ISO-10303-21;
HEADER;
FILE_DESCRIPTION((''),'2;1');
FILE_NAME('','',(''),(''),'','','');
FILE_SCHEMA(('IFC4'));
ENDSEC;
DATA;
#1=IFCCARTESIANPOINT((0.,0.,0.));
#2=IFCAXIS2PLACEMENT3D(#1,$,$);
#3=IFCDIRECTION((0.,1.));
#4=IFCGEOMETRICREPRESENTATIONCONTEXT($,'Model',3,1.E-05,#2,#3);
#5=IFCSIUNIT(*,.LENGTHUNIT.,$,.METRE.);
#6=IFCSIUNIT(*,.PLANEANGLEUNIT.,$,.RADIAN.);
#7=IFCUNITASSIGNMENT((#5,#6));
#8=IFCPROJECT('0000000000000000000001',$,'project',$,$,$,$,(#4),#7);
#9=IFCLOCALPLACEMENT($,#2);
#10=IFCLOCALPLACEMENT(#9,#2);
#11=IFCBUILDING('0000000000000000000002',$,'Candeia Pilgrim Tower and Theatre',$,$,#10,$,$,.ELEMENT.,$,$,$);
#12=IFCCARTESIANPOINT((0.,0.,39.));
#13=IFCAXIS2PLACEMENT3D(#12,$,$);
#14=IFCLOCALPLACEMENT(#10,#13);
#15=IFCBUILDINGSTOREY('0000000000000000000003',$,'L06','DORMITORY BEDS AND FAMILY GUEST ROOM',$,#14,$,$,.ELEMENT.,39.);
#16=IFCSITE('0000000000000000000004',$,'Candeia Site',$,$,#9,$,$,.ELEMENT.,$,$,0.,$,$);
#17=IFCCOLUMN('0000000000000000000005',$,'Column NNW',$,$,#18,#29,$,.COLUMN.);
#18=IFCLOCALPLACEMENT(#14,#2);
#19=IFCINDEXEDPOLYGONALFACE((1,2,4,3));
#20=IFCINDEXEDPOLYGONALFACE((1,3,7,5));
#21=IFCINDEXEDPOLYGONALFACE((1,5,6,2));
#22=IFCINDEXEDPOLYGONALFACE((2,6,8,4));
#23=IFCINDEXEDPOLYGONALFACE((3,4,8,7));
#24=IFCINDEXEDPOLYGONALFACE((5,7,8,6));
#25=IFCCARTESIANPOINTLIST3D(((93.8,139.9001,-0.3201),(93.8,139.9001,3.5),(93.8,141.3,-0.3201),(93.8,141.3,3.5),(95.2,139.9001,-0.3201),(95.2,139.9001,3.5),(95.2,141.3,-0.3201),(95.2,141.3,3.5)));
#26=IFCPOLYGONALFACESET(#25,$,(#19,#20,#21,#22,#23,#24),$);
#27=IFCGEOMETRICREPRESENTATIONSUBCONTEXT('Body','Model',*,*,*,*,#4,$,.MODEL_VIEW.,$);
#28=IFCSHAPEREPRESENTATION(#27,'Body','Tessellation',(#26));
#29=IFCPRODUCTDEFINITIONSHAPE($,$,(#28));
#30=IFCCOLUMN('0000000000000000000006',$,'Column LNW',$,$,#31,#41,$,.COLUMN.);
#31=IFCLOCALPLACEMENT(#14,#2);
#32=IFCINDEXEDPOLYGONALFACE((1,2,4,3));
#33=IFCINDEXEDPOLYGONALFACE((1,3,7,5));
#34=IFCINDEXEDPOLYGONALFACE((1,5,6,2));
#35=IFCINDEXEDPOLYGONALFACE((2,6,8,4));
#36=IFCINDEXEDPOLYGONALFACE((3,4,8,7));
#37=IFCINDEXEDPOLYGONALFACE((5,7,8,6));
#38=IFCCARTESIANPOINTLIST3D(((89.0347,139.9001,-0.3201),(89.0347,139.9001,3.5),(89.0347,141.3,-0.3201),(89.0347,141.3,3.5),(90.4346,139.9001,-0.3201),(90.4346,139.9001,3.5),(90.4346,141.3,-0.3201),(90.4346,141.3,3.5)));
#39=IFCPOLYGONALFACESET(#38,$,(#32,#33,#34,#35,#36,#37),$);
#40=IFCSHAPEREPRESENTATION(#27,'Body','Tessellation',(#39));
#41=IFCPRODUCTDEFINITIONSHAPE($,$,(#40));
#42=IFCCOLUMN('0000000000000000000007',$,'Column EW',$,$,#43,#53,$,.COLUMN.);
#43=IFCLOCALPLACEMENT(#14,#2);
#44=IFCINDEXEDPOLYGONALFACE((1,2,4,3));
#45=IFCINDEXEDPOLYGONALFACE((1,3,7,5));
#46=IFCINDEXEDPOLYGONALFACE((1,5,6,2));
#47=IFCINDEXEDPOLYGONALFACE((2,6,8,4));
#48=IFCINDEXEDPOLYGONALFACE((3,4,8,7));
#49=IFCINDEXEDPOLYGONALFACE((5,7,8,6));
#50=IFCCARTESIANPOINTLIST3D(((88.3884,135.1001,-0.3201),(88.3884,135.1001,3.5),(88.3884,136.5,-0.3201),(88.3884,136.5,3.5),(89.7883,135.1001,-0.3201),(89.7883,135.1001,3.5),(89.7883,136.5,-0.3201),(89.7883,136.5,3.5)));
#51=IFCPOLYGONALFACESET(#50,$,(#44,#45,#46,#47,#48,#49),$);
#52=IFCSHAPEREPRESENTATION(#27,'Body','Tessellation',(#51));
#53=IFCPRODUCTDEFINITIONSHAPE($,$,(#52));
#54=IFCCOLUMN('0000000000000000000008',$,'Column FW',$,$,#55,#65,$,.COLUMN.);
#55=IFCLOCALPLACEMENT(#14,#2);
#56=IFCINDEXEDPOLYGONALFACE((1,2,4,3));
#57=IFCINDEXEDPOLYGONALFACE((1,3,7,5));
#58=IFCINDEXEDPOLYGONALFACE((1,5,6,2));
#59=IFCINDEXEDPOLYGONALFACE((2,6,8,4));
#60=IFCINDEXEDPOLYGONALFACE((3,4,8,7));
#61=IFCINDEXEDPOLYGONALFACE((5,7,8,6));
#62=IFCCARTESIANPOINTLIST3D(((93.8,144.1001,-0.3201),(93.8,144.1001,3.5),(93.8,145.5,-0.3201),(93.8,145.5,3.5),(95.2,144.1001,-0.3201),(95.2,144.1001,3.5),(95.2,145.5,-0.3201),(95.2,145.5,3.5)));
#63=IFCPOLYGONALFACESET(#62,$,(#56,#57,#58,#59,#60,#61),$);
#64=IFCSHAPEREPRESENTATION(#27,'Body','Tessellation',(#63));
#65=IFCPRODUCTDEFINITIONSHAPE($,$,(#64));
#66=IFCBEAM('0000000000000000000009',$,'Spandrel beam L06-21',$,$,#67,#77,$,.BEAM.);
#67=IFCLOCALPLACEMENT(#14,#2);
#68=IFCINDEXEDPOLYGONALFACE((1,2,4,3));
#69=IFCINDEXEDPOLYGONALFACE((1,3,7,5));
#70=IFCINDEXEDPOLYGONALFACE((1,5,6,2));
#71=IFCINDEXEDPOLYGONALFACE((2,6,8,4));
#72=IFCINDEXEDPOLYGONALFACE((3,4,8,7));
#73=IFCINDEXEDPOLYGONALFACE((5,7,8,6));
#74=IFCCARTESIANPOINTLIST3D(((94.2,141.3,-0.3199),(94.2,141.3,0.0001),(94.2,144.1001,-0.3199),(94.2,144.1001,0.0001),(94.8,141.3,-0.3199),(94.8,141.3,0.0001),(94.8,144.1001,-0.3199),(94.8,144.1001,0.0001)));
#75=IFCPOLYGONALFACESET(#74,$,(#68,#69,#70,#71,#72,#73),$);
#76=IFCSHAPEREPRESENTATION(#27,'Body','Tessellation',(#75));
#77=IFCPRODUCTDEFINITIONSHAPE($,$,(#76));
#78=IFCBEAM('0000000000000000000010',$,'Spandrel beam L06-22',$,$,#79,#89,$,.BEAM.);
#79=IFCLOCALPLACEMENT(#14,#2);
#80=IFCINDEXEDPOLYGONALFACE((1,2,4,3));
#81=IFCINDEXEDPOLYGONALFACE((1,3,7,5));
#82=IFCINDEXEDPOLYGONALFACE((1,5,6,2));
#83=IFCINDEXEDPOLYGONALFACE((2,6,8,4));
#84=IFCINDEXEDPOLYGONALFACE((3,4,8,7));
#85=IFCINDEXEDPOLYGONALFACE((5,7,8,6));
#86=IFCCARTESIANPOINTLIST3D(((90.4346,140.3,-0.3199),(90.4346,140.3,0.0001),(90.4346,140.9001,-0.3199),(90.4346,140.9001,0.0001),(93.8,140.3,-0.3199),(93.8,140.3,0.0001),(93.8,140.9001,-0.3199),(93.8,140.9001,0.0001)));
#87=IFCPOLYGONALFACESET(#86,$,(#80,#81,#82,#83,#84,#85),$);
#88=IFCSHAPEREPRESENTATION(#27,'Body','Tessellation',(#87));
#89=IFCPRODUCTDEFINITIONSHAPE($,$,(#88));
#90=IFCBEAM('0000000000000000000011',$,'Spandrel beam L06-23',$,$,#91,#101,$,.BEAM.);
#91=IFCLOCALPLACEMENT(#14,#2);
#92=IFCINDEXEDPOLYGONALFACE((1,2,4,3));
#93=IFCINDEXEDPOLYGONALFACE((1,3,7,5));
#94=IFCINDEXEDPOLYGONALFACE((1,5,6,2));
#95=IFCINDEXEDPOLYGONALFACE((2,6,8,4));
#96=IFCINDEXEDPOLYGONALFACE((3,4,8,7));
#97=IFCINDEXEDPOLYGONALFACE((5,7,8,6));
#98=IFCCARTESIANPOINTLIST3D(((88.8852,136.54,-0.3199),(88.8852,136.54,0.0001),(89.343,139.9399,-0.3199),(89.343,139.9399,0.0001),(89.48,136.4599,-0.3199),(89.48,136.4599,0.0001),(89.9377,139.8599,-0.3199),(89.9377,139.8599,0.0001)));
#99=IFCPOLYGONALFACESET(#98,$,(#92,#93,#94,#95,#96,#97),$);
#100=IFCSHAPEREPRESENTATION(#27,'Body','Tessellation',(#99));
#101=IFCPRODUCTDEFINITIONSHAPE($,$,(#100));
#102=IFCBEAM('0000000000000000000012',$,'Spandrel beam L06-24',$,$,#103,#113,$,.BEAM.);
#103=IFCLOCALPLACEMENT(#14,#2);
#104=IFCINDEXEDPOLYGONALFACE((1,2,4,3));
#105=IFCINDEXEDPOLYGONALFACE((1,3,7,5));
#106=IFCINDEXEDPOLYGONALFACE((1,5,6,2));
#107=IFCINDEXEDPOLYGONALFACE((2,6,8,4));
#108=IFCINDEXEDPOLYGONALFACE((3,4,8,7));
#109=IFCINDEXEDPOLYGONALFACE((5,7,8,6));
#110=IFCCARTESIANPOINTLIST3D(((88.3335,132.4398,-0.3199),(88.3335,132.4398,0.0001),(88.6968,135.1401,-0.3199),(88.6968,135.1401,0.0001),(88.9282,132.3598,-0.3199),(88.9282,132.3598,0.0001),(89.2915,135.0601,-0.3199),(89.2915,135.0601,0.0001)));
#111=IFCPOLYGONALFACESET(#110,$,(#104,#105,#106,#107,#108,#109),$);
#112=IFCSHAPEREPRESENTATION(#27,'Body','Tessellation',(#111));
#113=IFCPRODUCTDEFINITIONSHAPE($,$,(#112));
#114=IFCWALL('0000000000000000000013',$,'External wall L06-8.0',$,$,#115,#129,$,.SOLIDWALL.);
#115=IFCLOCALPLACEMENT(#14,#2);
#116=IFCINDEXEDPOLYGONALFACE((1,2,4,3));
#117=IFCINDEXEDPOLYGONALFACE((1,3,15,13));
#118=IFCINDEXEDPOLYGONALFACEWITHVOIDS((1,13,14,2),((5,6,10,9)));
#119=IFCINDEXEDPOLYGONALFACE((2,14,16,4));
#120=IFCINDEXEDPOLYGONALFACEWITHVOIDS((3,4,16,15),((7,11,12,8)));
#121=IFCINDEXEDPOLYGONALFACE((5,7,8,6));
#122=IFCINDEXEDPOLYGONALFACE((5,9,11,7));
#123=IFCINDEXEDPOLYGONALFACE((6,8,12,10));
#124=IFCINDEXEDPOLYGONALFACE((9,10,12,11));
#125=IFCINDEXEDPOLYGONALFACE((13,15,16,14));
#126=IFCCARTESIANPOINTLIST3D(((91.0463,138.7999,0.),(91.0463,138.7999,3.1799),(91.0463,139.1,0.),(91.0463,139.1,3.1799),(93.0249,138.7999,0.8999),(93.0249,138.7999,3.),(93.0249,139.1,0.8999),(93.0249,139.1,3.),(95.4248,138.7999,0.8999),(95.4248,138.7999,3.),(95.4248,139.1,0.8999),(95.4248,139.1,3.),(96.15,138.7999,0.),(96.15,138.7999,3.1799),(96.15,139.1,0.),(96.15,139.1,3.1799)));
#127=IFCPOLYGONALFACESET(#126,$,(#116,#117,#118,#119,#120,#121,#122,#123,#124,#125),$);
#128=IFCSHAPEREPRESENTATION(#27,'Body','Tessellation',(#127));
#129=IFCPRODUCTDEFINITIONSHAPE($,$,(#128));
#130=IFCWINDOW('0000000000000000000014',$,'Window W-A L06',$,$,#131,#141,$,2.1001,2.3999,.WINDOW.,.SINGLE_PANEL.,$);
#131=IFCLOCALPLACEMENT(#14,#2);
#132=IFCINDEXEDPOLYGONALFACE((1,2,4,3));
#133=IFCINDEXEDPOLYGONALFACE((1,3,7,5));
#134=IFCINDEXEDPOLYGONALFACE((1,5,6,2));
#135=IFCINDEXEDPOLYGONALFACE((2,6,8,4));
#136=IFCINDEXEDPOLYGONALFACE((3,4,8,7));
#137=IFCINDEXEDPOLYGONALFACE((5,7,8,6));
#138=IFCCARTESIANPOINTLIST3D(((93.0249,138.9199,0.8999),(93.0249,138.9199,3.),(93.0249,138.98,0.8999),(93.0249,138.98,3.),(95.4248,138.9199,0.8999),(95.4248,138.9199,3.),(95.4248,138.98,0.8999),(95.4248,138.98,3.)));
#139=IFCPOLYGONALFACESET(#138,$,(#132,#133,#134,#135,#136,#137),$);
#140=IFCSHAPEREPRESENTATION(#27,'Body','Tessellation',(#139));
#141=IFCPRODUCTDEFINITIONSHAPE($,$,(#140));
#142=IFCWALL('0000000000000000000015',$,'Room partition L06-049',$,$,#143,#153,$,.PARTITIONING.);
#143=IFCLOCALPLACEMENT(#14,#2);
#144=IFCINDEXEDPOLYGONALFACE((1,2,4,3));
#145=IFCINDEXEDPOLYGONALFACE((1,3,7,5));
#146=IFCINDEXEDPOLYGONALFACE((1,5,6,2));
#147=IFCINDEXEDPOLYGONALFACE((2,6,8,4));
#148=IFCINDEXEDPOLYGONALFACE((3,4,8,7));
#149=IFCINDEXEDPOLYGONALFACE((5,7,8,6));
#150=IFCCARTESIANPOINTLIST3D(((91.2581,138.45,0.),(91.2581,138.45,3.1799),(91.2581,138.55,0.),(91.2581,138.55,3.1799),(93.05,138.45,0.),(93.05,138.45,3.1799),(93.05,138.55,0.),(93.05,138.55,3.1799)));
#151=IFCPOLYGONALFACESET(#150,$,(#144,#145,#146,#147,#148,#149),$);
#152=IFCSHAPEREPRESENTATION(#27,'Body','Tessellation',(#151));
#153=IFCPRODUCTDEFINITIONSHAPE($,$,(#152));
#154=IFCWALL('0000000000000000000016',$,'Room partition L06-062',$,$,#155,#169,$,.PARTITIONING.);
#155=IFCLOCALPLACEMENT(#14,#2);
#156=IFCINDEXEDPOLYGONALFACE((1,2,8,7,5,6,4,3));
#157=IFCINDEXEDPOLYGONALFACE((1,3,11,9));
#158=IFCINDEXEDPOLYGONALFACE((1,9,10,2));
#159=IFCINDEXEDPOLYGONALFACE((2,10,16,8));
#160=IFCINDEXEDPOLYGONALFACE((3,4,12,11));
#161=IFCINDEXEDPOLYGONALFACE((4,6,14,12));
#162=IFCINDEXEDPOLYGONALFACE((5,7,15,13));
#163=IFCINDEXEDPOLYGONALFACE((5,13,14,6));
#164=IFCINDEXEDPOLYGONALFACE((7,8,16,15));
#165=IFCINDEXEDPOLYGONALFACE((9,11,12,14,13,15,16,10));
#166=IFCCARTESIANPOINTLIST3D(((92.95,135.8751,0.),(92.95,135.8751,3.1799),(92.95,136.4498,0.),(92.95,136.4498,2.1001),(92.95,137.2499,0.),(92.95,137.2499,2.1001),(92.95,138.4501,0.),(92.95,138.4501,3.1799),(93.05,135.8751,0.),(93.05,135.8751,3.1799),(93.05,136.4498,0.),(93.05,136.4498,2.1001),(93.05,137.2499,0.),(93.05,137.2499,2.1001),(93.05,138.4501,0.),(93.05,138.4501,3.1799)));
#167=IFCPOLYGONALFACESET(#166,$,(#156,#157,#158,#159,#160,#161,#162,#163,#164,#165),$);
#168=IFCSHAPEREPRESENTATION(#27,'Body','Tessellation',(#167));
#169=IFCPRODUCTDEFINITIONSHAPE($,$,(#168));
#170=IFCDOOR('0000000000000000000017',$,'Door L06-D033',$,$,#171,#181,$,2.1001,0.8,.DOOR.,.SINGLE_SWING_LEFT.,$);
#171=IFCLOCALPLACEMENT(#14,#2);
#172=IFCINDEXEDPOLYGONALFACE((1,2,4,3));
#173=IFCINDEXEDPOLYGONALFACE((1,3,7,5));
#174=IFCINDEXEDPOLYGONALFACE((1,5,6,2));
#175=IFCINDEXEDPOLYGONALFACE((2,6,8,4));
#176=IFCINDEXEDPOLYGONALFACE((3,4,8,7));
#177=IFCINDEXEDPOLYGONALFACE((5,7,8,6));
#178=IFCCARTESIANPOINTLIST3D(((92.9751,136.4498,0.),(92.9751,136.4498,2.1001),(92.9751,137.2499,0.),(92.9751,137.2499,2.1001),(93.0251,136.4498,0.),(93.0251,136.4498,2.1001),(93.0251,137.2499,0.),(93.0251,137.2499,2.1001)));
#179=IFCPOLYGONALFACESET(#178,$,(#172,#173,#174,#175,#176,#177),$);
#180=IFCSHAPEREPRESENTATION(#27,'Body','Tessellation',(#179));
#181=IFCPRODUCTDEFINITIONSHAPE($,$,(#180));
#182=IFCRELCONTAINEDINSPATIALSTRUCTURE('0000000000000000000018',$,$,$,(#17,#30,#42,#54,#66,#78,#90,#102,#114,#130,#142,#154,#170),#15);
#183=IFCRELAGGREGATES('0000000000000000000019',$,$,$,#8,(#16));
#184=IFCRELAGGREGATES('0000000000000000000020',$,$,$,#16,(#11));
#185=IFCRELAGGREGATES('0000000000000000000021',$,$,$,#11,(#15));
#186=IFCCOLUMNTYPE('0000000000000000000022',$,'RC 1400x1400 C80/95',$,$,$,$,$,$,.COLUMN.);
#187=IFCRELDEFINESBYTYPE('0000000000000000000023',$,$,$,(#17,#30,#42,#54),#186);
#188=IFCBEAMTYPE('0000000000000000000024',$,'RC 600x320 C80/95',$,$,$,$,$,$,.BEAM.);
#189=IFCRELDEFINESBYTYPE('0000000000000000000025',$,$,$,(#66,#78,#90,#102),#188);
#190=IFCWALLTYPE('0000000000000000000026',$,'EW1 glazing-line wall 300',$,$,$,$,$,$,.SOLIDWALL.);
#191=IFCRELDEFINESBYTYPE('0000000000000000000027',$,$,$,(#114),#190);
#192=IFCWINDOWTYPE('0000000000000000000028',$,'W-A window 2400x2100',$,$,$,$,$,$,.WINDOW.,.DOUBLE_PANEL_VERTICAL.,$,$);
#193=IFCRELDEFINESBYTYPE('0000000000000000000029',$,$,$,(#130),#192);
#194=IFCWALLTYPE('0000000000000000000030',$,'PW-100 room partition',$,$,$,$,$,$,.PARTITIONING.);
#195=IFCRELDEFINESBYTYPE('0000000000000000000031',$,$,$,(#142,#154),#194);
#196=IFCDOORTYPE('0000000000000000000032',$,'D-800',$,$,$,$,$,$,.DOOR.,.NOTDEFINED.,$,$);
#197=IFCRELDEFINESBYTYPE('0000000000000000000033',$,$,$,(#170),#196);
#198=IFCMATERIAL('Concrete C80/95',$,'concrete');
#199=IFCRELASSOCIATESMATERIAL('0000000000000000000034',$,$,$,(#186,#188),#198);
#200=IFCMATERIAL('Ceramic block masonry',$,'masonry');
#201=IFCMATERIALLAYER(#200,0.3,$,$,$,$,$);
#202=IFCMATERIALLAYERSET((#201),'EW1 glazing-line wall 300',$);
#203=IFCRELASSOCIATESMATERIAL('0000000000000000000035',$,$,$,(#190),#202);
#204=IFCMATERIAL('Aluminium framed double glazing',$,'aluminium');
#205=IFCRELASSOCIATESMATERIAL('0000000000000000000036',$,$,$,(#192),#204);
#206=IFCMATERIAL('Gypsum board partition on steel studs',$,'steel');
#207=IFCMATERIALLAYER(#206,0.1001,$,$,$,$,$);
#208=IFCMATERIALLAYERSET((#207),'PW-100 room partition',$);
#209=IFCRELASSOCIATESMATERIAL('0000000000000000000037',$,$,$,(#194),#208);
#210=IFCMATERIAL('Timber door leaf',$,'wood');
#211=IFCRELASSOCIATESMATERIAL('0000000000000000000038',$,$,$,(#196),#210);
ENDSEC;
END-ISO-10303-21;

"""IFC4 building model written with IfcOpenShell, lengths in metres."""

from ifc_helpers import new_model, si_unit, direction, frame, frame_2d, origin, origin_2d, place, context, subcontext, project, spatial, rectangle, extrude, material, layer, layer_set, material_profile, profile_set, type_object, element, fill, save


model = new_model("IFC4")

# Units and contexts
model_context = context("Model", 3, precision=1e-05, world=origin(), true_north=direction((0.0, 1.0)))
body_context = subcontext(model_context, "Body", "Model", "MODEL_VIEW")
ifc_project = project(units=[si_unit("LENGTHUNIT", "METRE"), si_unit("PLANEANGLEUNIT", "RADIAN")], contexts=[model_context])

# Site, building, storey
site_placement = place(None, origin())
site = spatial("IfcSite", under=ifc_project, at=site_placement, Name="Candeia Site", CompositionType="ELEMENT", RefElevation=0.0)
building_placement = place(site_placement, origin())
building = spatial("IfcBuilding", under=site, at=building_placement, Name="Candeia Pilgrim Tower and Theatre", CompositionType="ELEMENT")
storey_placement = place(building_placement, frame((0.0, 0.0, 39.0)))
storey = spatial("IfcBuildingStorey", under=building, at=storey_placement, Name="L06", Description="DORMITORY BEDS AND FAMILY GUEST ROOM", CompositionType="ELEMENT", Elevation=39.0)

# Columns
ifc_material_1 = material(Name="Concrete C80/95", Category="concrete")
ifc_material_profile_1 = material_profile(ifc_material_1, rectangle(XDim=1.3999, YDim=1.3999, at=origin_2d()))
ifc_profile_set_1 = profile_set([ifc_material_profile_1], Name="Concrete C80/95")
column_type = type_object("IfcColumnType", Name="RC 1400x1400 C80/95", PredefinedType="COLUMN", material=ifc_profile_set_1)
for number, where, z_axis, x_axis, name in (
    (1, (94.5, 140.6001, -0.3201), (0.0, 0.0, 1.0), (1.0, 0.0, 0.0), "Column NNW"),
    (2, (89.7346, 140.6001, -0.3201), (0.0, 0.0, 1.0), (1.0, 0.0, 0.0), "Column LNW"),
    (3, (89.0884, 135.8, -0.3201), (0.0, 0.0, 1.0), (1.0, 0.0, 0.0), "Column EW"),
    (4, (94.5, 144.8, -0.3201), (0.0, 0.0, 1.0), (1.0, 0.0, 0.0), "Column FW"),
):
    element("IfcColumn", number, at=place(storey_placement, frame(where, z_axis=z_axis, x_axis=x_axis)), inside=storey, type_object=column_type, Name=name, PredefinedType="COLUMN", context=body_context, shape_type="SweptSolid", body=[
        extrude(rectangle(XDim=1.3999, YDim=1.3999, at=origin_2d()), origin(), (0.0, 0.0, 1.0), 3.8201),
    ])

# Beams
ifc_material_profile_2 = material_profile(ifc_material_1, rectangle(XDim=0.6001, YDim=0.3201, at=origin_2d()))
ifc_profile_set_2 = profile_set([ifc_material_profile_2], Name="Concrete C80/95")
beam_type = type_object("IfcBeamType", Name="RC 600x320 C80/95", PredefinedType="BEAM", material=ifc_profile_set_2)
beam_1_placement = place(storey_placement, frame((94.5, 144.1001, -0.1599), z_axis=(0.0, -1.0, 0.0), x_axis=(1.0, 0.0, 0.0)))
element("IfcBeam", 5, at=beam_1_placement, inside=storey, type_object=beam_type, Name="Spandrel beam L06-21", PredefinedType="BEAM", context=body_context, shape_type="SweptSolid", body=[
    extrude(rectangle(XDim=0.6001, YDim=0.3201, at=origin_2d()), origin(), (0.0, 0.0, 1.0), 2.8),
])
beam_2_placement = place(storey_placement, frame((93.8, 140.6001, -0.1599), z_axis=(-1.0, 0.0, 0.0), x_axis=(0.0, -1.0, 0.0)))
element("IfcBeam", 6, at=beam_2_placement, inside=storey, type_object=beam_type, Name="Spandrel beam L06-22", PredefinedType="BEAM", context=body_context, shape_type="SweptSolid", body=[
    extrude(rectangle(XDim=0.6001, YDim=0.3201, at=origin_2d()), origin(), (0.0, 0.0, 1.0), 3.3655),
])
beam_3_placement = place(storey_placement, frame((89.6404, 139.8999, -0.1599), z_axis=(-0.133436, -0.991057, 0.0), x_axis=(0.991057, -0.133436, 0.0)))
element("IfcBeam", 7, at=beam_3_placement, inside=storey, type_object=beam_type, Name="Spandrel beam L06-23", PredefinedType="BEAM", context=body_context, shape_type="SweptSolid", body=[
    extrude(rectangle(XDim=0.6001, YDim=0.3201, at=origin_2d()), origin(), (0.0, 0.0, 1.0), 3.4307),
])
beam_4_placement = place(storey_placement, frame((88.9941, 135.1001, -0.1599), z_axis=(-0.133338, -0.991071, 0.0), x_axis=(0.991071, -0.133338, 0.0)))
element("IfcBeam", 8, at=beam_4_placement, inside=storey, type_object=beam_type, Name="Spandrel beam L06-24", PredefinedType="BEAM", context=body_context, shape_type="SweptSolid", body=[
    extrude(rectangle(XDim=0.6001, YDim=0.3201, at=origin_2d()), origin(), (0.0, 0.0, 1.0), 2.7246),
])

# Wall, opening, window
ifc_material_2 = material(Name="Ceramic block masonry", Category="masonry")
ifc_layer_1 = layer(ifc_material_2, 0.3)
ifc_layer_set_1 = layer_set([ifc_layer_1], Name="EW1 glazing-line wall 300")
wall_type_1 = type_object("IfcWallType", Name="EW1 glazing-line wall 300", PredefinedType="SOLIDWALL", material=ifc_layer_set_1)
wall_1_placement = place(storey_placement, frame((96.1499, 138.95, 0.0), z_axis=(0.0, 0.0, 1.0), x_axis=(-1.0, 0.0, 0.0)))
wall_1 = element("IfcWall", 9, at=wall_1_placement, inside=storey, type_object=wall_type_1, Name="External wall L06-8.0", PredefinedType="SOLIDWALL", context=body_context, shape_type="SweptSolid", body=[
    extrude(rectangle(XDim=5.1038, YDim=0.3, at=frame_2d((2.5518, 0.0))), origin(), (0.0, 0.0, 1.0), 3.1799),
])
opening_1_placement = place(wall_1_placement, frame((0.7251, 0.0, 0.8999)))
opening_1 = element("IfcOpeningElement", 10, at=opening_1_placement, cuts=wall_1, PredefinedType="OPENING", context=body_context, shape_type="SweptSolid", body=[
    extrude(rectangle(XDim=2.3999, YDim=2.1001, at=frame_2d((1.2, 1.05))), frame((0.0, 0.1602, 0.0), z_axis=(0.0, -1.0, 0.0), x_axis=(1.0, 0.0, 0.0)), (0.0, 0.0, 1.0), 0.3201),
])
ifc_material_3 = material(Name="Aluminium framed double glazing", Category="aluminium")
window_type_1 = type_object("IfcWindowType", Name="W-A window 2400x2100", PartitioningType="DOUBLE_PANEL_VERTICAL", PredefinedType="WINDOW", material=ifc_material_3)
window_1_placement = place(opening_1_placement, origin())
window_1 = element("IfcWindow", 11, at=window_1_placement, inside=storey, type_object=window_type_1, Name="Window W-A L06", OverallHeight=2.1001, OverallWidth=2.3999, PartitioningType="SINGLE_PANEL", PredefinedType="WINDOW", context=body_context, shape_type="SweptSolid", body=[
    extrude(rectangle(XDim=2.3999, YDim=2.1001, at=frame_2d((1.2, 1.05))), frame((0.0, 0.03, 0.0), z_axis=(0.0, -1.0, 0.0), x_axis=(1.0, 0.0, 0.0)), (0.0, 0.0, 1.0), 0.0601),
])
fill(opening_1, window_1)

# Wall
ifc_material_4 = material(Name="Gypsum board partition on steel studs", Category="steel")
ifc_layer_2 = layer(ifc_material_4, 0.1001)
ifc_layer_set_2 = layer_set([ifc_layer_2], Name="PW-100 room partition")
wall_type_2 = type_object("IfcWallType", Name="PW-100 room partition", PredefinedType="PARTITIONING", material=ifc_layer_set_2)
wall_2_placement = place(storey_placement, frame((91.2581, 138.5, 0.0), z_axis=(0.0, 0.0, 1.0), x_axis=(1.0, 0.0, 0.0)))
element("IfcWall", 12, at=wall_2_placement, inside=storey, type_object=wall_type_2, Name="Room partition L06-049", PredefinedType="PARTITIONING", context=body_context, shape_type="SweptSolid", body=[
    extrude(rectangle(XDim=1.792, YDim=0.1001, at=frame_2d((0.896, 0.0))), origin(), (0.0, 0.0, 1.0), 3.1799),
])

# Wall, opening, door
wall_3_placement = place(storey_placement, frame((93.0, 135.875, 0.0), z_axis=(0.0, 0.0, 1.0), x_axis=(0.0, 1.0, 0.0)))
wall_3 = element("IfcWall", 13, at=wall_3_placement, inside=storey, type_object=wall_type_2, Name="Room partition L06-062", PredefinedType="PARTITIONING", context=body_context, shape_type="SweptSolid", body=[
    extrude(rectangle(XDim=2.575, YDim=0.1001, at=frame_2d((1.2876, 0.0))), origin(), (0.0, 0.0, 1.0), 3.1799),
])
opening_2_placement = place(wall_3_placement, frame((0.575, 0.0, 0.0)))
opening_2 = element("IfcOpeningElement", 14, at=opening_2_placement, cuts=wall_3, PredefinedType="OPENING", context=body_context, shape_type="SweptSolid", body=[
    extrude(rectangle(XDim=0.8, YDim=2.1001, at=frame_2d((0.3999, 1.05))), frame((0.0, 0.0601, 0.0), z_axis=(0.0, -1.0, 0.0), x_axis=(1.0, 0.0, 0.0)), (0.0, 0.0, 1.0), 0.1201),
])
ifc_material_5 = material(Name="Timber door leaf", Category="wood")
door_type_1 = type_object("IfcDoorType", Name="D-800", OperationType="NOTDEFINED", PredefinedType="DOOR", material=ifc_material_5)
door_1_placement = place(opening_2_placement, origin())
door_1 = element("IfcDoor", 15, at=door_1_placement, inside=storey, type_object=door_type_1, Name="Door L06-D033", OperationType="SINGLE_SWING_LEFT", OverallHeight=2.1001, OverallWidth=0.8, PredefinedType="DOOR", context=body_context, shape_type="SweptSolid", body=[
    extrude(rectangle(XDim=0.8, YDim=2.1001, at=frame_2d((0.3999, 1.05))), frame((0.0, 0.0249, 0.0), z_axis=(0.0, -1.0, 0.0), x_axis=(1.0, 0.0, 0.0)), (0.0, 0.0, 1.0), 0.05),
])
fill(opening_2, door_1)

save(model, "model.ifc")
